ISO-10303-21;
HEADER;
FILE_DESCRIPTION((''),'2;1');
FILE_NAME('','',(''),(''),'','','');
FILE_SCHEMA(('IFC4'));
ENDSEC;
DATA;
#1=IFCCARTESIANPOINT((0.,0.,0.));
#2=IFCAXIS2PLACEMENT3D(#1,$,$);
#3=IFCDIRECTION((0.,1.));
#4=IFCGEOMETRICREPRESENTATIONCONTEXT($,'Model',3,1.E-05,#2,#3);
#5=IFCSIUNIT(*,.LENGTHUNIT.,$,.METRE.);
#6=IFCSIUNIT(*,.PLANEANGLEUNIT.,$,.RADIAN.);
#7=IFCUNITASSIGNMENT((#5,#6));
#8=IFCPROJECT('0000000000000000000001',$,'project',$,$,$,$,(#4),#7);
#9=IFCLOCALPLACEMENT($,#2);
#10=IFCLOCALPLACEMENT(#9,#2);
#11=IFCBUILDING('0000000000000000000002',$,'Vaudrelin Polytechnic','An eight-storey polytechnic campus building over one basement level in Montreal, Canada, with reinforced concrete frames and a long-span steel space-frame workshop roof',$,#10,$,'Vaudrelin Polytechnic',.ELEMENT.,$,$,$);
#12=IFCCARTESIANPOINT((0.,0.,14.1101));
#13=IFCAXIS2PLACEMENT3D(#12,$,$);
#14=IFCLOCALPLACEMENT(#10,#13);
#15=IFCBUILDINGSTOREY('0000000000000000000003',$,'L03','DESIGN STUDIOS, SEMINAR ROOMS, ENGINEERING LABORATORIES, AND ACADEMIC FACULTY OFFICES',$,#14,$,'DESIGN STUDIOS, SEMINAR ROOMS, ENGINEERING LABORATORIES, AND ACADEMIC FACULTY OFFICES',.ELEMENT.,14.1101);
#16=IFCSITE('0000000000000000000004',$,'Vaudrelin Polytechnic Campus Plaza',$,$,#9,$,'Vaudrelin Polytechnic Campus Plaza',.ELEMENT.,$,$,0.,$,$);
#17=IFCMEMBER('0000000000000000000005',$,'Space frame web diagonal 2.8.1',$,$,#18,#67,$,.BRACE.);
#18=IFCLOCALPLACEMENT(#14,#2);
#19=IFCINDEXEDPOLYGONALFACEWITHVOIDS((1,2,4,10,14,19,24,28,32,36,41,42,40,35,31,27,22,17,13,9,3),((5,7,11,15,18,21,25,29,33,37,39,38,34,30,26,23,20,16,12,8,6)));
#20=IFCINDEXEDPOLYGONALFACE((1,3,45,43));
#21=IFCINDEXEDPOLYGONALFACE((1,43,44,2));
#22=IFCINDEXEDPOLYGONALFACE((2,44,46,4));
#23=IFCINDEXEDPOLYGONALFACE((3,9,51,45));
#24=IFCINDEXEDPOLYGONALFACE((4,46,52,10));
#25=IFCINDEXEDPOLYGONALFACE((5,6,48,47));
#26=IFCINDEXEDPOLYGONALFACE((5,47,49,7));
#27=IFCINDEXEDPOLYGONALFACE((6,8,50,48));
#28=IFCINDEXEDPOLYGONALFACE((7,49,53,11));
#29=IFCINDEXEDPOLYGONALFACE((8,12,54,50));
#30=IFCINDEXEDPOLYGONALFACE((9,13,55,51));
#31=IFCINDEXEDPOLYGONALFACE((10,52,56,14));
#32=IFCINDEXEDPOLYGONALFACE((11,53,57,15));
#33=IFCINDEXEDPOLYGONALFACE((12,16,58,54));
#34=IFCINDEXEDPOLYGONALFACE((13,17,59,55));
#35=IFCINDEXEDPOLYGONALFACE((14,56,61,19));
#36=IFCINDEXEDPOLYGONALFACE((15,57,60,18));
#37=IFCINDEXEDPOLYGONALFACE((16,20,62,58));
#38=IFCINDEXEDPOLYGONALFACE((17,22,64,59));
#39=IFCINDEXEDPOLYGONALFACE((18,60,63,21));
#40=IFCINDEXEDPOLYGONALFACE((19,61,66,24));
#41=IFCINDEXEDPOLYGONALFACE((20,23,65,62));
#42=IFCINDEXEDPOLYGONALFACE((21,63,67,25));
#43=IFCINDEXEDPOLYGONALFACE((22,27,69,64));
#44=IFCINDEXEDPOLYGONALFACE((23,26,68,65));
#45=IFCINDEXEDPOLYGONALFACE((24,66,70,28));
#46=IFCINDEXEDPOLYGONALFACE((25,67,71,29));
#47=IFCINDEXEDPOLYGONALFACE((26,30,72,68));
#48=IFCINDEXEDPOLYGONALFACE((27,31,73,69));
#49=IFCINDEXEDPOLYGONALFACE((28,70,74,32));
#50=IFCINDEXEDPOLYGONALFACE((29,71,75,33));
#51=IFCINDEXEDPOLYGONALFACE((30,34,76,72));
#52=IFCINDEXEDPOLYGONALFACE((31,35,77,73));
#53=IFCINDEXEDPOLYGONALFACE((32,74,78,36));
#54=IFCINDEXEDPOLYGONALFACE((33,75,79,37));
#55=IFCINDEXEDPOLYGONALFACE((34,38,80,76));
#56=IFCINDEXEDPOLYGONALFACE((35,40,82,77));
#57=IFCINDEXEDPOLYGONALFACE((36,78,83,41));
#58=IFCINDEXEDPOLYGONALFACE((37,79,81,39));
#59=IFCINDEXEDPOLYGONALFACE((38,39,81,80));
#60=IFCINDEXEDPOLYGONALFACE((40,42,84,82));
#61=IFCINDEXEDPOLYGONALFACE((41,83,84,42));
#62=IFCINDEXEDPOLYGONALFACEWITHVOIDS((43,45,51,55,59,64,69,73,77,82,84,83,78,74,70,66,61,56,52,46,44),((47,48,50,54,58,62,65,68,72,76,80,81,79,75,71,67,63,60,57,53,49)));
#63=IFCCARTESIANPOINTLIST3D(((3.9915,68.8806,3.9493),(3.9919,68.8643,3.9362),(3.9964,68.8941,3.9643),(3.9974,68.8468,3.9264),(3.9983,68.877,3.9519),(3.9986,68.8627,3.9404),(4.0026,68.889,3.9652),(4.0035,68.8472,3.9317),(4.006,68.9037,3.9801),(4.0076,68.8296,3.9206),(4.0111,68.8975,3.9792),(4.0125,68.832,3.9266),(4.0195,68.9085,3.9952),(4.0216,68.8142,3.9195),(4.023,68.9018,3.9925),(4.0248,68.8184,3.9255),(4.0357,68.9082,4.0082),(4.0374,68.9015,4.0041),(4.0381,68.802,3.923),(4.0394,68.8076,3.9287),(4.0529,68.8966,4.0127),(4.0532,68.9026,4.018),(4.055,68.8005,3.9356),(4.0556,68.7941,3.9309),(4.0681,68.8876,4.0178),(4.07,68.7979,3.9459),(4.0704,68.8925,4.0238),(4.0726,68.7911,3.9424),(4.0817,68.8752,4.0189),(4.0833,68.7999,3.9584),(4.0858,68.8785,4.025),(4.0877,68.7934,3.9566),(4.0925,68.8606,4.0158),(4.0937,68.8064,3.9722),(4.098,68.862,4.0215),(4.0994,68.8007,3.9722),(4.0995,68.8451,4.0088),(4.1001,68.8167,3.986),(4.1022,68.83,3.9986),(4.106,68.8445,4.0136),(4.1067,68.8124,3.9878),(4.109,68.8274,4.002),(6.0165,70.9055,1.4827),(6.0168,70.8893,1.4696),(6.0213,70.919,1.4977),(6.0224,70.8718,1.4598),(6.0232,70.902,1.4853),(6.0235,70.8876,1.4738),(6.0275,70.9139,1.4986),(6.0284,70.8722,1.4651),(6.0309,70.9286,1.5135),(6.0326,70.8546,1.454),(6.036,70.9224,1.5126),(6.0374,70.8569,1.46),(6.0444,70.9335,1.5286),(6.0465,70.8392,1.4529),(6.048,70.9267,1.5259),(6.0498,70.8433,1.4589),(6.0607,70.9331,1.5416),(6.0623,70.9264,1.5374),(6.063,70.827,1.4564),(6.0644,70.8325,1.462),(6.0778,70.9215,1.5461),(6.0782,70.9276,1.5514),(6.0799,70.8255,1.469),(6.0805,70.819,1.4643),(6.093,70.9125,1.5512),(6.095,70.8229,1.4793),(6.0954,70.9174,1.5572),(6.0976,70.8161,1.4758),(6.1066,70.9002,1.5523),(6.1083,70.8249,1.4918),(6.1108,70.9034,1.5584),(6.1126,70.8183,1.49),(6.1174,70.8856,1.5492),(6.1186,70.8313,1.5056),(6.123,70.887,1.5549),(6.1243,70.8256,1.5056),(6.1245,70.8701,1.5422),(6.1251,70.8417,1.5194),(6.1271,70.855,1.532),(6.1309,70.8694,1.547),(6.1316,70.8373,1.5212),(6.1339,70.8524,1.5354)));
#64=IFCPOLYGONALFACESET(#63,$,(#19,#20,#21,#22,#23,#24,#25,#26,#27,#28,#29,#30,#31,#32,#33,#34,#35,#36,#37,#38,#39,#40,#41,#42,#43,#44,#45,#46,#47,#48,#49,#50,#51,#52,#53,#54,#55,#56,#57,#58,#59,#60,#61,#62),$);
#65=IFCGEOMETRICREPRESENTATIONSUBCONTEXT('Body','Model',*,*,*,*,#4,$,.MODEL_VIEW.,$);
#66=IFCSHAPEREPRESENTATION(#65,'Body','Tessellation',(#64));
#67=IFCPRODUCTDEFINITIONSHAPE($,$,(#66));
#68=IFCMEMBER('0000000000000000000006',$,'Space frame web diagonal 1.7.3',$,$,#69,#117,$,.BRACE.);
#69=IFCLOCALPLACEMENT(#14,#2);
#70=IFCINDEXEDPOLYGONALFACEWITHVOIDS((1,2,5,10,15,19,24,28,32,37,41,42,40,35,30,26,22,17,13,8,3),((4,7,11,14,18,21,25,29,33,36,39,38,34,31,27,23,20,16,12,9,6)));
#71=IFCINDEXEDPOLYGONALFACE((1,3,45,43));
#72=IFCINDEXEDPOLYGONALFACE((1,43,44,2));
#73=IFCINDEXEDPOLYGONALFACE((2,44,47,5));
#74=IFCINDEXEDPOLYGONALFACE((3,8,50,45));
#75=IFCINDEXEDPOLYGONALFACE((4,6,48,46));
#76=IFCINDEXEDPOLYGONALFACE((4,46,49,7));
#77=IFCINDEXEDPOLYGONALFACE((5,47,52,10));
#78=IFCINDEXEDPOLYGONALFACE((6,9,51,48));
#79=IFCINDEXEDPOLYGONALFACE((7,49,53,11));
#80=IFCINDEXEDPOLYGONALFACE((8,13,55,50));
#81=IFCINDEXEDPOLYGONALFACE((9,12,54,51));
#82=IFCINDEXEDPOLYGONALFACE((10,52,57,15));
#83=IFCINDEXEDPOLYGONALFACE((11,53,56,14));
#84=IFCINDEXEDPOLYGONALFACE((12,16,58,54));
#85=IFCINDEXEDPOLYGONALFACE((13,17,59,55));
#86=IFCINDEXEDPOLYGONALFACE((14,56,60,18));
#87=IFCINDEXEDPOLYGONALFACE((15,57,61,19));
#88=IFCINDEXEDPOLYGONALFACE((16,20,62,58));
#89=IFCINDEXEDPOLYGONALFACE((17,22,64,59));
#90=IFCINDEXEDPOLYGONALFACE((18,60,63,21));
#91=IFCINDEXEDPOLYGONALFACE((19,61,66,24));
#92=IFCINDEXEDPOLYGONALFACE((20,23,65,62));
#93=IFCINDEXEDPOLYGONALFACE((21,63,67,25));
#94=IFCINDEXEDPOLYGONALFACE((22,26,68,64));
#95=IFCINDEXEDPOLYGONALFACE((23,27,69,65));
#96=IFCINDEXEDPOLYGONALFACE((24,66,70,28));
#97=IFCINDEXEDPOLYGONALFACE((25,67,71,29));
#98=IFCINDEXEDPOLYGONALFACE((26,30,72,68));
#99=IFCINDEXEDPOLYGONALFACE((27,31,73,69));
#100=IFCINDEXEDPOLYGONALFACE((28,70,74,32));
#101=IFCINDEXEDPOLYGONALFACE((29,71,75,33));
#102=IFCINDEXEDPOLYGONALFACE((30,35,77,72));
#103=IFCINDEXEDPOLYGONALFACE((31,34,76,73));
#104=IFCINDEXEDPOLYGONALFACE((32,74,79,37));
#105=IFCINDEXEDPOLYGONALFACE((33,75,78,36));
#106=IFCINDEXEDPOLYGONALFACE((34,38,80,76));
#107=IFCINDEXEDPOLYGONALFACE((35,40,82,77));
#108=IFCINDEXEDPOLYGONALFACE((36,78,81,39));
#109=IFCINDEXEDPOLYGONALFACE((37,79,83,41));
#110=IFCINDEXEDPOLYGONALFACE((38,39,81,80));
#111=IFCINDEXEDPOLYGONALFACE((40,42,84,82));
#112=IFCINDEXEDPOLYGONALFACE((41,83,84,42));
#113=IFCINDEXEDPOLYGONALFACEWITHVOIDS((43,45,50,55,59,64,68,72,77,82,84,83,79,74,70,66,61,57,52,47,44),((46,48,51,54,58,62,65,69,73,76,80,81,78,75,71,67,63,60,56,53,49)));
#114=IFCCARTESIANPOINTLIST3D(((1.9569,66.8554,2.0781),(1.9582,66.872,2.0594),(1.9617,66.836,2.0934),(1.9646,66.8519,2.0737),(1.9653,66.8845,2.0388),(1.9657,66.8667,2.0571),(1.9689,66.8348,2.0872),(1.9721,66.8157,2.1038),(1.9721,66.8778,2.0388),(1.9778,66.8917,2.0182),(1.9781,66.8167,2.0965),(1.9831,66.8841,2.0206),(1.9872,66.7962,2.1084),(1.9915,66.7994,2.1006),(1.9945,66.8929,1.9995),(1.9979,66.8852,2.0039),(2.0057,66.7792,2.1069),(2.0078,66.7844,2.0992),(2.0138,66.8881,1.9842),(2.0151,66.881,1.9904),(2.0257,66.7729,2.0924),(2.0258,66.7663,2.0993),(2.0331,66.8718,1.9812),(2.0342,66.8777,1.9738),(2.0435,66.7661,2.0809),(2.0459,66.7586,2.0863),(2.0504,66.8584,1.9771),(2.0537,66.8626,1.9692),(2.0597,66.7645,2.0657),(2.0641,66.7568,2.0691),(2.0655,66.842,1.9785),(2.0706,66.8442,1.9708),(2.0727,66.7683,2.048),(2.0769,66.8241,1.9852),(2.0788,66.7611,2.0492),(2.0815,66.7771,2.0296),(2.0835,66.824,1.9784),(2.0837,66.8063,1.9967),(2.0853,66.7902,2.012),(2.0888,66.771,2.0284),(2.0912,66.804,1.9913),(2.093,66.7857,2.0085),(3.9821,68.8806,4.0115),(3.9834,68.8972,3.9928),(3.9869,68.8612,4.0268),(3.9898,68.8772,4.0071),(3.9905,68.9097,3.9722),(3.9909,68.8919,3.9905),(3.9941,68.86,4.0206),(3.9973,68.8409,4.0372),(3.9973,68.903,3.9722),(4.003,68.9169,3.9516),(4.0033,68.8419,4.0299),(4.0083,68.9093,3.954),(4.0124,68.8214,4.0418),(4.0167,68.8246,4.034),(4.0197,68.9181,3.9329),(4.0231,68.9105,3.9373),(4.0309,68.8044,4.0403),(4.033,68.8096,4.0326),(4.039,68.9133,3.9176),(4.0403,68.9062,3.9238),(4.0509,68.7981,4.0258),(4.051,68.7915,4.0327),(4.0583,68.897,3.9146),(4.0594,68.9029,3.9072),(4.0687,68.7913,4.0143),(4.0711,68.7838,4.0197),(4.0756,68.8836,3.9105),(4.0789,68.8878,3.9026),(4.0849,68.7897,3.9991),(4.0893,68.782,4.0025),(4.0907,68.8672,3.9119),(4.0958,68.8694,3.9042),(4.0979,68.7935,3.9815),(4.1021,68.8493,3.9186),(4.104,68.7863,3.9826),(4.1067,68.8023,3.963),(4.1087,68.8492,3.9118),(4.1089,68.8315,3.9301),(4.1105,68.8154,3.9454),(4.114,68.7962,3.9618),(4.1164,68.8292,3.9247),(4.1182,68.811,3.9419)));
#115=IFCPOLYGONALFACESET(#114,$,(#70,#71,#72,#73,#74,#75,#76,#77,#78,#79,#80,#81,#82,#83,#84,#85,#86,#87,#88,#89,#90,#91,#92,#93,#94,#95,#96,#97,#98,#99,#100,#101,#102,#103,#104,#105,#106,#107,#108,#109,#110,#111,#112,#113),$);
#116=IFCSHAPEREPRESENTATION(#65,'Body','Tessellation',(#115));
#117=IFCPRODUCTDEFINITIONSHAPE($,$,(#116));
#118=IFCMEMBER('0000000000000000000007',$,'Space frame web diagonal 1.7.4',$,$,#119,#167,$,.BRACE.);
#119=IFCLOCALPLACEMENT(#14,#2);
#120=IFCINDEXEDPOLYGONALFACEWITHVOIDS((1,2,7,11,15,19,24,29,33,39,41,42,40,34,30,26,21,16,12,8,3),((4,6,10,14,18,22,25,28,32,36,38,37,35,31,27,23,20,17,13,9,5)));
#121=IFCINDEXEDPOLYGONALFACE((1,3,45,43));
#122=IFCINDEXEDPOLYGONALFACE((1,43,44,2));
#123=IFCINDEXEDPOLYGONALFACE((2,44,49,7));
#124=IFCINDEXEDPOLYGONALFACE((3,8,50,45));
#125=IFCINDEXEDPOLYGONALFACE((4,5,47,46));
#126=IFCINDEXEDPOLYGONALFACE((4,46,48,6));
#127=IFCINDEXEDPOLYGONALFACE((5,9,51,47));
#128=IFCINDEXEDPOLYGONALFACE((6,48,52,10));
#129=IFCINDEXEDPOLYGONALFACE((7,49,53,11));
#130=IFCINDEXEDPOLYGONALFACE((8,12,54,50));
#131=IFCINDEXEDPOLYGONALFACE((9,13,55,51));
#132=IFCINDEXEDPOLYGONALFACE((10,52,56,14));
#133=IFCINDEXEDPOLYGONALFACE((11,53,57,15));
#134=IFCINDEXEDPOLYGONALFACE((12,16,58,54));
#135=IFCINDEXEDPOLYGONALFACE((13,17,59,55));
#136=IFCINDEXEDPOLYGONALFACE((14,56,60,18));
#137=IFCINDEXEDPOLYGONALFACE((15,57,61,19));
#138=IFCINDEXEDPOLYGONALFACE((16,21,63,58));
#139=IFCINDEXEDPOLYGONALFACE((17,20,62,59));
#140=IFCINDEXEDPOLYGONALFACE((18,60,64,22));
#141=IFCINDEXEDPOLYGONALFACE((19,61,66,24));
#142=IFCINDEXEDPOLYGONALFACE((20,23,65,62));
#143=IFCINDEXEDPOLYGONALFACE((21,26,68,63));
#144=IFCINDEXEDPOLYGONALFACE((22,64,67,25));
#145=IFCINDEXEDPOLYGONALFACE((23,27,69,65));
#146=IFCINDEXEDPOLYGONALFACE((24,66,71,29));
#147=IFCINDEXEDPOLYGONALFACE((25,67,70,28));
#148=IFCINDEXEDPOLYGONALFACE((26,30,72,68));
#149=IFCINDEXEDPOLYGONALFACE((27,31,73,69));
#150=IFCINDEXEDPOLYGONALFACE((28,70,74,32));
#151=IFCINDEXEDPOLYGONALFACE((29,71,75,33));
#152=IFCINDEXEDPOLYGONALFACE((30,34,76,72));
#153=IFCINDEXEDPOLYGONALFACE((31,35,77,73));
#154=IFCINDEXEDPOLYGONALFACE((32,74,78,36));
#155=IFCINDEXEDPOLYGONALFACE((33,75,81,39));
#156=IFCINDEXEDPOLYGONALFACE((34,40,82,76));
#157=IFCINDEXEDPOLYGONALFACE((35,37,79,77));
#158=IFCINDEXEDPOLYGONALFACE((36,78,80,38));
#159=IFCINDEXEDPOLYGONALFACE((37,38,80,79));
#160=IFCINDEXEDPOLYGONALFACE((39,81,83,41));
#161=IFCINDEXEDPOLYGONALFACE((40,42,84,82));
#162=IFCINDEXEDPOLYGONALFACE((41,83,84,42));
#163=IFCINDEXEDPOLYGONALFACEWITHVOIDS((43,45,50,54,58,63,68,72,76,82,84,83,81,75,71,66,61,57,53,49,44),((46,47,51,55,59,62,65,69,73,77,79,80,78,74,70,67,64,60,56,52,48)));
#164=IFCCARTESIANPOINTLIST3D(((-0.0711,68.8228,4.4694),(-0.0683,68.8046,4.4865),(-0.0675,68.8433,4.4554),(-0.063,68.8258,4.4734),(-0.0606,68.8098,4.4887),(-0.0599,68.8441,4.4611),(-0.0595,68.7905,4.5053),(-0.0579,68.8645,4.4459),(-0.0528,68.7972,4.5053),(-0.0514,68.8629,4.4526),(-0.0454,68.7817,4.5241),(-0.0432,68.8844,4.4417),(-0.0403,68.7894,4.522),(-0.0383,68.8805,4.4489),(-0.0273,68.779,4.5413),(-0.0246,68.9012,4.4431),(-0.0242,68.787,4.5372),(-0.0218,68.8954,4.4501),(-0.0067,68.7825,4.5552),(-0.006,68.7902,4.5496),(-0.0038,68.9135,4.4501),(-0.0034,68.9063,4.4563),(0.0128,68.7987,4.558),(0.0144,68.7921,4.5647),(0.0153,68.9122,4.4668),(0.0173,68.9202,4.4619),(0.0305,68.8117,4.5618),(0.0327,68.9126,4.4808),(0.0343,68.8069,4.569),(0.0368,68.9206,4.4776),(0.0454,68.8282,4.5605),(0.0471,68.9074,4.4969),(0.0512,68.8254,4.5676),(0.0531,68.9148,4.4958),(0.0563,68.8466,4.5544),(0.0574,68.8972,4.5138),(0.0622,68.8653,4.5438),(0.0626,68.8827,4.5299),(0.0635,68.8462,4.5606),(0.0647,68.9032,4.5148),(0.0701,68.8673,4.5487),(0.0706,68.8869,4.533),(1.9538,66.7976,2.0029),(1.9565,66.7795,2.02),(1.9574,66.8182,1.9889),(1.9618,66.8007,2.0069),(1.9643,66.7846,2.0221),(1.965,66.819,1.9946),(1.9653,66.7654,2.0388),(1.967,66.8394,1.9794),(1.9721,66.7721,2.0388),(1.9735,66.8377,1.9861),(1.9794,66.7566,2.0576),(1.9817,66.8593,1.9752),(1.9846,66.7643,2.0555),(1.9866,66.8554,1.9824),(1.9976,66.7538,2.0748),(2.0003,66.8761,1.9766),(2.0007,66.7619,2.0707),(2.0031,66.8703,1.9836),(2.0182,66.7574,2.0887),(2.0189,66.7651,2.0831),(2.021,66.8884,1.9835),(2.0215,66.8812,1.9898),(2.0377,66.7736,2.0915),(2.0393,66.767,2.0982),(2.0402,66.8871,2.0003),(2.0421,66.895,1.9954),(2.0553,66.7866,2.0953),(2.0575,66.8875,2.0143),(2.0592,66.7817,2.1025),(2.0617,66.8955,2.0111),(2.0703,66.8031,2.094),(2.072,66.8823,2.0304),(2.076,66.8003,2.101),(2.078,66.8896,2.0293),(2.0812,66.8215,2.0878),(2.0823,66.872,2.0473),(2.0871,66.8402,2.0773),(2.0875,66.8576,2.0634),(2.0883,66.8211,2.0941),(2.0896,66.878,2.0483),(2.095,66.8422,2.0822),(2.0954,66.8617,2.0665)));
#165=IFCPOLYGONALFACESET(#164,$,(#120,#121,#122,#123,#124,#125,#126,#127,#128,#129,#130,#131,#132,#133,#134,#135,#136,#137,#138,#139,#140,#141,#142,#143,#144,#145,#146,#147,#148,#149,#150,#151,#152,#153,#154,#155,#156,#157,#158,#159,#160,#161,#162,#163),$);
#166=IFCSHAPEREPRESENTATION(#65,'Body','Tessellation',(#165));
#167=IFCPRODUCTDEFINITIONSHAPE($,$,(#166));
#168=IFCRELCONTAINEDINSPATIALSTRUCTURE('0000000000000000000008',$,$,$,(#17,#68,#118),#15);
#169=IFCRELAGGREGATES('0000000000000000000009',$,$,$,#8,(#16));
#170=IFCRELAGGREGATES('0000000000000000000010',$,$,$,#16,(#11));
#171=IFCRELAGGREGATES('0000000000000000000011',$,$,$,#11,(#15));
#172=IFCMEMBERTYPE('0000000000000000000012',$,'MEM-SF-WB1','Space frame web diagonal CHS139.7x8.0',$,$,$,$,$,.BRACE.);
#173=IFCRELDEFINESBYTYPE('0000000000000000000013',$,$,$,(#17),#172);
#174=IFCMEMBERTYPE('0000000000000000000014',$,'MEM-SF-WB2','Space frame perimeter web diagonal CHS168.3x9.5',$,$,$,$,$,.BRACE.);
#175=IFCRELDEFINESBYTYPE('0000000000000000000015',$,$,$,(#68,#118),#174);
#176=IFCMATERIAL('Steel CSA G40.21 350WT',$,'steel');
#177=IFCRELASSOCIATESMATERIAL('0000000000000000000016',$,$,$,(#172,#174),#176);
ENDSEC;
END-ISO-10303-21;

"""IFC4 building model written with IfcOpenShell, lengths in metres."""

from ifc_helpers import new_model, si_unit, direction, frame, origin, origin_2d, place, context, subcontext, project, spatial, hollow_circle, extrude, material, material_profile, profile_set, type_object, element, save


model = new_model("IFC4")

# Units and contexts
model_context = context("Model", 3, precision=1e-05, world=origin(), true_north=direction((0.0, 1.0)))
body_context = subcontext(model_context, "Body", "Model", "MODEL_VIEW")
ifc_project = project(units=[si_unit("LENGTHUNIT", "METRE"), si_unit("PLANEANGLEUNIT", "RADIAN")], contexts=[model_context])

# Site, building, storey
site_placement = place(None, origin())
site = spatial("IfcSite", under=ifc_project, at=site_placement, Name="Vaudrelin Polytechnic Campus Plaza", LongName="Vaudrelin Polytechnic Campus Plaza", CompositionType="ELEMENT", RefElevation=0.0)
building_placement = place(site_placement, origin())
building = spatial("IfcBuilding", under=site, at=building_placement, Name="Vaudrelin Polytechnic", Description="An eight-storey polytechnic campus building over one basement level in Montreal, Canada, with reinforced concrete frames and a long-span steel space-frame workshop roof", LongName="Vaudrelin Polytechnic", CompositionType="ELEMENT")
storey_placement = place(building_placement, frame((0.0, 0.0, 14.1101)))
storey = spatial("IfcBuildingStorey", under=building, at=storey_placement, Name="L03", Description="DESIGN STUDIOS, SEMINAR ROOMS, ENGINEERING LABORATORIES, AND ACADEMIC FACULTY OFFICES", LongName="DESIGN STUDIOS, SEMINAR ROOMS, ENGINEERING LABORATORIES, AND ACADEMIC FACULTY OFFICES", CompositionType="ELEMENT", Elevation=14.1101)

# Members
ifc_material_1 = material(Name="Steel CSA G40.21 350WT", Category="steel")
ifc_material_profile_1 = material_profile(ifc_material_1, hollow_circle(Radius=0.0698, WallThickness=0.0081, at=origin_2d()), Name="CHS139.7x8.0")
ifc_profile_set_1 = profile_set([ifc_material_profile_1], Name="Steel CSA G40.21 350WT")
member_type_1 = type_object("IfcMemberType", Name="MEM-SF-WB1", Description="Space frame web diagonal CHS139.7x8.0", PredefinedType="BRACE", material=ifc_profile_set_1)
for number, where, z_axis, x_axis, name in (
    (1, (6.075, 70.875, 1.5056), (-0.535765, -0.535765, 0.65262), (0.707107, -0.707107, 0.0), "Space frame web diagonal 2.8.1"),
):
    element("IfcMember", number, at=place(storey_placement, frame(where, z_axis=z_axis, x_axis=x_axis)), inside=storey, type_object=member_type_1, Name=name, PredefinedType="BRACE", context=body_context, shape_type="SweptSolid", body=[
        extrude(hollow_circle(Radius=0.0698, WallThickness=0.0081, at=origin_2d()), origin(), (0.0, 0.0, 1.0), 3.7795),
    ])
ifc_material_profile_2 = material_profile(ifc_material_1, hollow_circle(Radius=0.0842, WallThickness=0.0095, at=origin_2d()), Name="CHS168.3x9.5")
ifc_profile_set_2 = profile_set([ifc_material_profile_2], Name="Steel CSA G40.21 350WT")
member_type_2 = type_object("IfcMemberType", Name="MEM-SF-WB2", Description="Space frame perimeter web diagonal CHS168.3x9.5", PredefinedType="BRACE", material=ifc_profile_set_2)
member_1_placement = place(storey_placement, frame((2.0249, 66.825, 2.0388), z_axis=(0.58607, 0.58607, 0.559504), x_axis=(-0.707107, 0.707107, 0.0)))
element("IfcMember", 2, at=member_1_placement, inside=storey, type_object=member_type_2, Name="Space frame web diagonal 1.7.3", PredefinedType="BRACE", context=body_context, shape_type="SweptSolid", body=[
    extrude(hollow_circle(Radius=0.0842, WallThickness=0.0095, at=origin_2d()), origin(), (0.0, 0.0, 1.0), 3.4556),
])
for number, where, z_axis, x_axis, name in (
    (3, (2.0249, 66.825, 2.0388), (-0.535746, 0.535811, 0.652597), (-0.707149, -0.707064, 0.0), "Space frame web diagonal 1.7.4"),
):
    element("IfcMember", number, at=place(storey_placement, frame(where, z_axis=z_axis, x_axis=x_axis)), inside=storey, type_object=member_type_2, Name=name, PredefinedType="BRACE", context=body_context, shape_type="SweptSolid", body=[
        extrude(hollow_circle(Radius=0.0842, WallThickness=0.0095, at=origin_2d()), origin(), (0.0, 0.0, 1.0), 3.7795),
    ])

save(model, "model.ifc")
